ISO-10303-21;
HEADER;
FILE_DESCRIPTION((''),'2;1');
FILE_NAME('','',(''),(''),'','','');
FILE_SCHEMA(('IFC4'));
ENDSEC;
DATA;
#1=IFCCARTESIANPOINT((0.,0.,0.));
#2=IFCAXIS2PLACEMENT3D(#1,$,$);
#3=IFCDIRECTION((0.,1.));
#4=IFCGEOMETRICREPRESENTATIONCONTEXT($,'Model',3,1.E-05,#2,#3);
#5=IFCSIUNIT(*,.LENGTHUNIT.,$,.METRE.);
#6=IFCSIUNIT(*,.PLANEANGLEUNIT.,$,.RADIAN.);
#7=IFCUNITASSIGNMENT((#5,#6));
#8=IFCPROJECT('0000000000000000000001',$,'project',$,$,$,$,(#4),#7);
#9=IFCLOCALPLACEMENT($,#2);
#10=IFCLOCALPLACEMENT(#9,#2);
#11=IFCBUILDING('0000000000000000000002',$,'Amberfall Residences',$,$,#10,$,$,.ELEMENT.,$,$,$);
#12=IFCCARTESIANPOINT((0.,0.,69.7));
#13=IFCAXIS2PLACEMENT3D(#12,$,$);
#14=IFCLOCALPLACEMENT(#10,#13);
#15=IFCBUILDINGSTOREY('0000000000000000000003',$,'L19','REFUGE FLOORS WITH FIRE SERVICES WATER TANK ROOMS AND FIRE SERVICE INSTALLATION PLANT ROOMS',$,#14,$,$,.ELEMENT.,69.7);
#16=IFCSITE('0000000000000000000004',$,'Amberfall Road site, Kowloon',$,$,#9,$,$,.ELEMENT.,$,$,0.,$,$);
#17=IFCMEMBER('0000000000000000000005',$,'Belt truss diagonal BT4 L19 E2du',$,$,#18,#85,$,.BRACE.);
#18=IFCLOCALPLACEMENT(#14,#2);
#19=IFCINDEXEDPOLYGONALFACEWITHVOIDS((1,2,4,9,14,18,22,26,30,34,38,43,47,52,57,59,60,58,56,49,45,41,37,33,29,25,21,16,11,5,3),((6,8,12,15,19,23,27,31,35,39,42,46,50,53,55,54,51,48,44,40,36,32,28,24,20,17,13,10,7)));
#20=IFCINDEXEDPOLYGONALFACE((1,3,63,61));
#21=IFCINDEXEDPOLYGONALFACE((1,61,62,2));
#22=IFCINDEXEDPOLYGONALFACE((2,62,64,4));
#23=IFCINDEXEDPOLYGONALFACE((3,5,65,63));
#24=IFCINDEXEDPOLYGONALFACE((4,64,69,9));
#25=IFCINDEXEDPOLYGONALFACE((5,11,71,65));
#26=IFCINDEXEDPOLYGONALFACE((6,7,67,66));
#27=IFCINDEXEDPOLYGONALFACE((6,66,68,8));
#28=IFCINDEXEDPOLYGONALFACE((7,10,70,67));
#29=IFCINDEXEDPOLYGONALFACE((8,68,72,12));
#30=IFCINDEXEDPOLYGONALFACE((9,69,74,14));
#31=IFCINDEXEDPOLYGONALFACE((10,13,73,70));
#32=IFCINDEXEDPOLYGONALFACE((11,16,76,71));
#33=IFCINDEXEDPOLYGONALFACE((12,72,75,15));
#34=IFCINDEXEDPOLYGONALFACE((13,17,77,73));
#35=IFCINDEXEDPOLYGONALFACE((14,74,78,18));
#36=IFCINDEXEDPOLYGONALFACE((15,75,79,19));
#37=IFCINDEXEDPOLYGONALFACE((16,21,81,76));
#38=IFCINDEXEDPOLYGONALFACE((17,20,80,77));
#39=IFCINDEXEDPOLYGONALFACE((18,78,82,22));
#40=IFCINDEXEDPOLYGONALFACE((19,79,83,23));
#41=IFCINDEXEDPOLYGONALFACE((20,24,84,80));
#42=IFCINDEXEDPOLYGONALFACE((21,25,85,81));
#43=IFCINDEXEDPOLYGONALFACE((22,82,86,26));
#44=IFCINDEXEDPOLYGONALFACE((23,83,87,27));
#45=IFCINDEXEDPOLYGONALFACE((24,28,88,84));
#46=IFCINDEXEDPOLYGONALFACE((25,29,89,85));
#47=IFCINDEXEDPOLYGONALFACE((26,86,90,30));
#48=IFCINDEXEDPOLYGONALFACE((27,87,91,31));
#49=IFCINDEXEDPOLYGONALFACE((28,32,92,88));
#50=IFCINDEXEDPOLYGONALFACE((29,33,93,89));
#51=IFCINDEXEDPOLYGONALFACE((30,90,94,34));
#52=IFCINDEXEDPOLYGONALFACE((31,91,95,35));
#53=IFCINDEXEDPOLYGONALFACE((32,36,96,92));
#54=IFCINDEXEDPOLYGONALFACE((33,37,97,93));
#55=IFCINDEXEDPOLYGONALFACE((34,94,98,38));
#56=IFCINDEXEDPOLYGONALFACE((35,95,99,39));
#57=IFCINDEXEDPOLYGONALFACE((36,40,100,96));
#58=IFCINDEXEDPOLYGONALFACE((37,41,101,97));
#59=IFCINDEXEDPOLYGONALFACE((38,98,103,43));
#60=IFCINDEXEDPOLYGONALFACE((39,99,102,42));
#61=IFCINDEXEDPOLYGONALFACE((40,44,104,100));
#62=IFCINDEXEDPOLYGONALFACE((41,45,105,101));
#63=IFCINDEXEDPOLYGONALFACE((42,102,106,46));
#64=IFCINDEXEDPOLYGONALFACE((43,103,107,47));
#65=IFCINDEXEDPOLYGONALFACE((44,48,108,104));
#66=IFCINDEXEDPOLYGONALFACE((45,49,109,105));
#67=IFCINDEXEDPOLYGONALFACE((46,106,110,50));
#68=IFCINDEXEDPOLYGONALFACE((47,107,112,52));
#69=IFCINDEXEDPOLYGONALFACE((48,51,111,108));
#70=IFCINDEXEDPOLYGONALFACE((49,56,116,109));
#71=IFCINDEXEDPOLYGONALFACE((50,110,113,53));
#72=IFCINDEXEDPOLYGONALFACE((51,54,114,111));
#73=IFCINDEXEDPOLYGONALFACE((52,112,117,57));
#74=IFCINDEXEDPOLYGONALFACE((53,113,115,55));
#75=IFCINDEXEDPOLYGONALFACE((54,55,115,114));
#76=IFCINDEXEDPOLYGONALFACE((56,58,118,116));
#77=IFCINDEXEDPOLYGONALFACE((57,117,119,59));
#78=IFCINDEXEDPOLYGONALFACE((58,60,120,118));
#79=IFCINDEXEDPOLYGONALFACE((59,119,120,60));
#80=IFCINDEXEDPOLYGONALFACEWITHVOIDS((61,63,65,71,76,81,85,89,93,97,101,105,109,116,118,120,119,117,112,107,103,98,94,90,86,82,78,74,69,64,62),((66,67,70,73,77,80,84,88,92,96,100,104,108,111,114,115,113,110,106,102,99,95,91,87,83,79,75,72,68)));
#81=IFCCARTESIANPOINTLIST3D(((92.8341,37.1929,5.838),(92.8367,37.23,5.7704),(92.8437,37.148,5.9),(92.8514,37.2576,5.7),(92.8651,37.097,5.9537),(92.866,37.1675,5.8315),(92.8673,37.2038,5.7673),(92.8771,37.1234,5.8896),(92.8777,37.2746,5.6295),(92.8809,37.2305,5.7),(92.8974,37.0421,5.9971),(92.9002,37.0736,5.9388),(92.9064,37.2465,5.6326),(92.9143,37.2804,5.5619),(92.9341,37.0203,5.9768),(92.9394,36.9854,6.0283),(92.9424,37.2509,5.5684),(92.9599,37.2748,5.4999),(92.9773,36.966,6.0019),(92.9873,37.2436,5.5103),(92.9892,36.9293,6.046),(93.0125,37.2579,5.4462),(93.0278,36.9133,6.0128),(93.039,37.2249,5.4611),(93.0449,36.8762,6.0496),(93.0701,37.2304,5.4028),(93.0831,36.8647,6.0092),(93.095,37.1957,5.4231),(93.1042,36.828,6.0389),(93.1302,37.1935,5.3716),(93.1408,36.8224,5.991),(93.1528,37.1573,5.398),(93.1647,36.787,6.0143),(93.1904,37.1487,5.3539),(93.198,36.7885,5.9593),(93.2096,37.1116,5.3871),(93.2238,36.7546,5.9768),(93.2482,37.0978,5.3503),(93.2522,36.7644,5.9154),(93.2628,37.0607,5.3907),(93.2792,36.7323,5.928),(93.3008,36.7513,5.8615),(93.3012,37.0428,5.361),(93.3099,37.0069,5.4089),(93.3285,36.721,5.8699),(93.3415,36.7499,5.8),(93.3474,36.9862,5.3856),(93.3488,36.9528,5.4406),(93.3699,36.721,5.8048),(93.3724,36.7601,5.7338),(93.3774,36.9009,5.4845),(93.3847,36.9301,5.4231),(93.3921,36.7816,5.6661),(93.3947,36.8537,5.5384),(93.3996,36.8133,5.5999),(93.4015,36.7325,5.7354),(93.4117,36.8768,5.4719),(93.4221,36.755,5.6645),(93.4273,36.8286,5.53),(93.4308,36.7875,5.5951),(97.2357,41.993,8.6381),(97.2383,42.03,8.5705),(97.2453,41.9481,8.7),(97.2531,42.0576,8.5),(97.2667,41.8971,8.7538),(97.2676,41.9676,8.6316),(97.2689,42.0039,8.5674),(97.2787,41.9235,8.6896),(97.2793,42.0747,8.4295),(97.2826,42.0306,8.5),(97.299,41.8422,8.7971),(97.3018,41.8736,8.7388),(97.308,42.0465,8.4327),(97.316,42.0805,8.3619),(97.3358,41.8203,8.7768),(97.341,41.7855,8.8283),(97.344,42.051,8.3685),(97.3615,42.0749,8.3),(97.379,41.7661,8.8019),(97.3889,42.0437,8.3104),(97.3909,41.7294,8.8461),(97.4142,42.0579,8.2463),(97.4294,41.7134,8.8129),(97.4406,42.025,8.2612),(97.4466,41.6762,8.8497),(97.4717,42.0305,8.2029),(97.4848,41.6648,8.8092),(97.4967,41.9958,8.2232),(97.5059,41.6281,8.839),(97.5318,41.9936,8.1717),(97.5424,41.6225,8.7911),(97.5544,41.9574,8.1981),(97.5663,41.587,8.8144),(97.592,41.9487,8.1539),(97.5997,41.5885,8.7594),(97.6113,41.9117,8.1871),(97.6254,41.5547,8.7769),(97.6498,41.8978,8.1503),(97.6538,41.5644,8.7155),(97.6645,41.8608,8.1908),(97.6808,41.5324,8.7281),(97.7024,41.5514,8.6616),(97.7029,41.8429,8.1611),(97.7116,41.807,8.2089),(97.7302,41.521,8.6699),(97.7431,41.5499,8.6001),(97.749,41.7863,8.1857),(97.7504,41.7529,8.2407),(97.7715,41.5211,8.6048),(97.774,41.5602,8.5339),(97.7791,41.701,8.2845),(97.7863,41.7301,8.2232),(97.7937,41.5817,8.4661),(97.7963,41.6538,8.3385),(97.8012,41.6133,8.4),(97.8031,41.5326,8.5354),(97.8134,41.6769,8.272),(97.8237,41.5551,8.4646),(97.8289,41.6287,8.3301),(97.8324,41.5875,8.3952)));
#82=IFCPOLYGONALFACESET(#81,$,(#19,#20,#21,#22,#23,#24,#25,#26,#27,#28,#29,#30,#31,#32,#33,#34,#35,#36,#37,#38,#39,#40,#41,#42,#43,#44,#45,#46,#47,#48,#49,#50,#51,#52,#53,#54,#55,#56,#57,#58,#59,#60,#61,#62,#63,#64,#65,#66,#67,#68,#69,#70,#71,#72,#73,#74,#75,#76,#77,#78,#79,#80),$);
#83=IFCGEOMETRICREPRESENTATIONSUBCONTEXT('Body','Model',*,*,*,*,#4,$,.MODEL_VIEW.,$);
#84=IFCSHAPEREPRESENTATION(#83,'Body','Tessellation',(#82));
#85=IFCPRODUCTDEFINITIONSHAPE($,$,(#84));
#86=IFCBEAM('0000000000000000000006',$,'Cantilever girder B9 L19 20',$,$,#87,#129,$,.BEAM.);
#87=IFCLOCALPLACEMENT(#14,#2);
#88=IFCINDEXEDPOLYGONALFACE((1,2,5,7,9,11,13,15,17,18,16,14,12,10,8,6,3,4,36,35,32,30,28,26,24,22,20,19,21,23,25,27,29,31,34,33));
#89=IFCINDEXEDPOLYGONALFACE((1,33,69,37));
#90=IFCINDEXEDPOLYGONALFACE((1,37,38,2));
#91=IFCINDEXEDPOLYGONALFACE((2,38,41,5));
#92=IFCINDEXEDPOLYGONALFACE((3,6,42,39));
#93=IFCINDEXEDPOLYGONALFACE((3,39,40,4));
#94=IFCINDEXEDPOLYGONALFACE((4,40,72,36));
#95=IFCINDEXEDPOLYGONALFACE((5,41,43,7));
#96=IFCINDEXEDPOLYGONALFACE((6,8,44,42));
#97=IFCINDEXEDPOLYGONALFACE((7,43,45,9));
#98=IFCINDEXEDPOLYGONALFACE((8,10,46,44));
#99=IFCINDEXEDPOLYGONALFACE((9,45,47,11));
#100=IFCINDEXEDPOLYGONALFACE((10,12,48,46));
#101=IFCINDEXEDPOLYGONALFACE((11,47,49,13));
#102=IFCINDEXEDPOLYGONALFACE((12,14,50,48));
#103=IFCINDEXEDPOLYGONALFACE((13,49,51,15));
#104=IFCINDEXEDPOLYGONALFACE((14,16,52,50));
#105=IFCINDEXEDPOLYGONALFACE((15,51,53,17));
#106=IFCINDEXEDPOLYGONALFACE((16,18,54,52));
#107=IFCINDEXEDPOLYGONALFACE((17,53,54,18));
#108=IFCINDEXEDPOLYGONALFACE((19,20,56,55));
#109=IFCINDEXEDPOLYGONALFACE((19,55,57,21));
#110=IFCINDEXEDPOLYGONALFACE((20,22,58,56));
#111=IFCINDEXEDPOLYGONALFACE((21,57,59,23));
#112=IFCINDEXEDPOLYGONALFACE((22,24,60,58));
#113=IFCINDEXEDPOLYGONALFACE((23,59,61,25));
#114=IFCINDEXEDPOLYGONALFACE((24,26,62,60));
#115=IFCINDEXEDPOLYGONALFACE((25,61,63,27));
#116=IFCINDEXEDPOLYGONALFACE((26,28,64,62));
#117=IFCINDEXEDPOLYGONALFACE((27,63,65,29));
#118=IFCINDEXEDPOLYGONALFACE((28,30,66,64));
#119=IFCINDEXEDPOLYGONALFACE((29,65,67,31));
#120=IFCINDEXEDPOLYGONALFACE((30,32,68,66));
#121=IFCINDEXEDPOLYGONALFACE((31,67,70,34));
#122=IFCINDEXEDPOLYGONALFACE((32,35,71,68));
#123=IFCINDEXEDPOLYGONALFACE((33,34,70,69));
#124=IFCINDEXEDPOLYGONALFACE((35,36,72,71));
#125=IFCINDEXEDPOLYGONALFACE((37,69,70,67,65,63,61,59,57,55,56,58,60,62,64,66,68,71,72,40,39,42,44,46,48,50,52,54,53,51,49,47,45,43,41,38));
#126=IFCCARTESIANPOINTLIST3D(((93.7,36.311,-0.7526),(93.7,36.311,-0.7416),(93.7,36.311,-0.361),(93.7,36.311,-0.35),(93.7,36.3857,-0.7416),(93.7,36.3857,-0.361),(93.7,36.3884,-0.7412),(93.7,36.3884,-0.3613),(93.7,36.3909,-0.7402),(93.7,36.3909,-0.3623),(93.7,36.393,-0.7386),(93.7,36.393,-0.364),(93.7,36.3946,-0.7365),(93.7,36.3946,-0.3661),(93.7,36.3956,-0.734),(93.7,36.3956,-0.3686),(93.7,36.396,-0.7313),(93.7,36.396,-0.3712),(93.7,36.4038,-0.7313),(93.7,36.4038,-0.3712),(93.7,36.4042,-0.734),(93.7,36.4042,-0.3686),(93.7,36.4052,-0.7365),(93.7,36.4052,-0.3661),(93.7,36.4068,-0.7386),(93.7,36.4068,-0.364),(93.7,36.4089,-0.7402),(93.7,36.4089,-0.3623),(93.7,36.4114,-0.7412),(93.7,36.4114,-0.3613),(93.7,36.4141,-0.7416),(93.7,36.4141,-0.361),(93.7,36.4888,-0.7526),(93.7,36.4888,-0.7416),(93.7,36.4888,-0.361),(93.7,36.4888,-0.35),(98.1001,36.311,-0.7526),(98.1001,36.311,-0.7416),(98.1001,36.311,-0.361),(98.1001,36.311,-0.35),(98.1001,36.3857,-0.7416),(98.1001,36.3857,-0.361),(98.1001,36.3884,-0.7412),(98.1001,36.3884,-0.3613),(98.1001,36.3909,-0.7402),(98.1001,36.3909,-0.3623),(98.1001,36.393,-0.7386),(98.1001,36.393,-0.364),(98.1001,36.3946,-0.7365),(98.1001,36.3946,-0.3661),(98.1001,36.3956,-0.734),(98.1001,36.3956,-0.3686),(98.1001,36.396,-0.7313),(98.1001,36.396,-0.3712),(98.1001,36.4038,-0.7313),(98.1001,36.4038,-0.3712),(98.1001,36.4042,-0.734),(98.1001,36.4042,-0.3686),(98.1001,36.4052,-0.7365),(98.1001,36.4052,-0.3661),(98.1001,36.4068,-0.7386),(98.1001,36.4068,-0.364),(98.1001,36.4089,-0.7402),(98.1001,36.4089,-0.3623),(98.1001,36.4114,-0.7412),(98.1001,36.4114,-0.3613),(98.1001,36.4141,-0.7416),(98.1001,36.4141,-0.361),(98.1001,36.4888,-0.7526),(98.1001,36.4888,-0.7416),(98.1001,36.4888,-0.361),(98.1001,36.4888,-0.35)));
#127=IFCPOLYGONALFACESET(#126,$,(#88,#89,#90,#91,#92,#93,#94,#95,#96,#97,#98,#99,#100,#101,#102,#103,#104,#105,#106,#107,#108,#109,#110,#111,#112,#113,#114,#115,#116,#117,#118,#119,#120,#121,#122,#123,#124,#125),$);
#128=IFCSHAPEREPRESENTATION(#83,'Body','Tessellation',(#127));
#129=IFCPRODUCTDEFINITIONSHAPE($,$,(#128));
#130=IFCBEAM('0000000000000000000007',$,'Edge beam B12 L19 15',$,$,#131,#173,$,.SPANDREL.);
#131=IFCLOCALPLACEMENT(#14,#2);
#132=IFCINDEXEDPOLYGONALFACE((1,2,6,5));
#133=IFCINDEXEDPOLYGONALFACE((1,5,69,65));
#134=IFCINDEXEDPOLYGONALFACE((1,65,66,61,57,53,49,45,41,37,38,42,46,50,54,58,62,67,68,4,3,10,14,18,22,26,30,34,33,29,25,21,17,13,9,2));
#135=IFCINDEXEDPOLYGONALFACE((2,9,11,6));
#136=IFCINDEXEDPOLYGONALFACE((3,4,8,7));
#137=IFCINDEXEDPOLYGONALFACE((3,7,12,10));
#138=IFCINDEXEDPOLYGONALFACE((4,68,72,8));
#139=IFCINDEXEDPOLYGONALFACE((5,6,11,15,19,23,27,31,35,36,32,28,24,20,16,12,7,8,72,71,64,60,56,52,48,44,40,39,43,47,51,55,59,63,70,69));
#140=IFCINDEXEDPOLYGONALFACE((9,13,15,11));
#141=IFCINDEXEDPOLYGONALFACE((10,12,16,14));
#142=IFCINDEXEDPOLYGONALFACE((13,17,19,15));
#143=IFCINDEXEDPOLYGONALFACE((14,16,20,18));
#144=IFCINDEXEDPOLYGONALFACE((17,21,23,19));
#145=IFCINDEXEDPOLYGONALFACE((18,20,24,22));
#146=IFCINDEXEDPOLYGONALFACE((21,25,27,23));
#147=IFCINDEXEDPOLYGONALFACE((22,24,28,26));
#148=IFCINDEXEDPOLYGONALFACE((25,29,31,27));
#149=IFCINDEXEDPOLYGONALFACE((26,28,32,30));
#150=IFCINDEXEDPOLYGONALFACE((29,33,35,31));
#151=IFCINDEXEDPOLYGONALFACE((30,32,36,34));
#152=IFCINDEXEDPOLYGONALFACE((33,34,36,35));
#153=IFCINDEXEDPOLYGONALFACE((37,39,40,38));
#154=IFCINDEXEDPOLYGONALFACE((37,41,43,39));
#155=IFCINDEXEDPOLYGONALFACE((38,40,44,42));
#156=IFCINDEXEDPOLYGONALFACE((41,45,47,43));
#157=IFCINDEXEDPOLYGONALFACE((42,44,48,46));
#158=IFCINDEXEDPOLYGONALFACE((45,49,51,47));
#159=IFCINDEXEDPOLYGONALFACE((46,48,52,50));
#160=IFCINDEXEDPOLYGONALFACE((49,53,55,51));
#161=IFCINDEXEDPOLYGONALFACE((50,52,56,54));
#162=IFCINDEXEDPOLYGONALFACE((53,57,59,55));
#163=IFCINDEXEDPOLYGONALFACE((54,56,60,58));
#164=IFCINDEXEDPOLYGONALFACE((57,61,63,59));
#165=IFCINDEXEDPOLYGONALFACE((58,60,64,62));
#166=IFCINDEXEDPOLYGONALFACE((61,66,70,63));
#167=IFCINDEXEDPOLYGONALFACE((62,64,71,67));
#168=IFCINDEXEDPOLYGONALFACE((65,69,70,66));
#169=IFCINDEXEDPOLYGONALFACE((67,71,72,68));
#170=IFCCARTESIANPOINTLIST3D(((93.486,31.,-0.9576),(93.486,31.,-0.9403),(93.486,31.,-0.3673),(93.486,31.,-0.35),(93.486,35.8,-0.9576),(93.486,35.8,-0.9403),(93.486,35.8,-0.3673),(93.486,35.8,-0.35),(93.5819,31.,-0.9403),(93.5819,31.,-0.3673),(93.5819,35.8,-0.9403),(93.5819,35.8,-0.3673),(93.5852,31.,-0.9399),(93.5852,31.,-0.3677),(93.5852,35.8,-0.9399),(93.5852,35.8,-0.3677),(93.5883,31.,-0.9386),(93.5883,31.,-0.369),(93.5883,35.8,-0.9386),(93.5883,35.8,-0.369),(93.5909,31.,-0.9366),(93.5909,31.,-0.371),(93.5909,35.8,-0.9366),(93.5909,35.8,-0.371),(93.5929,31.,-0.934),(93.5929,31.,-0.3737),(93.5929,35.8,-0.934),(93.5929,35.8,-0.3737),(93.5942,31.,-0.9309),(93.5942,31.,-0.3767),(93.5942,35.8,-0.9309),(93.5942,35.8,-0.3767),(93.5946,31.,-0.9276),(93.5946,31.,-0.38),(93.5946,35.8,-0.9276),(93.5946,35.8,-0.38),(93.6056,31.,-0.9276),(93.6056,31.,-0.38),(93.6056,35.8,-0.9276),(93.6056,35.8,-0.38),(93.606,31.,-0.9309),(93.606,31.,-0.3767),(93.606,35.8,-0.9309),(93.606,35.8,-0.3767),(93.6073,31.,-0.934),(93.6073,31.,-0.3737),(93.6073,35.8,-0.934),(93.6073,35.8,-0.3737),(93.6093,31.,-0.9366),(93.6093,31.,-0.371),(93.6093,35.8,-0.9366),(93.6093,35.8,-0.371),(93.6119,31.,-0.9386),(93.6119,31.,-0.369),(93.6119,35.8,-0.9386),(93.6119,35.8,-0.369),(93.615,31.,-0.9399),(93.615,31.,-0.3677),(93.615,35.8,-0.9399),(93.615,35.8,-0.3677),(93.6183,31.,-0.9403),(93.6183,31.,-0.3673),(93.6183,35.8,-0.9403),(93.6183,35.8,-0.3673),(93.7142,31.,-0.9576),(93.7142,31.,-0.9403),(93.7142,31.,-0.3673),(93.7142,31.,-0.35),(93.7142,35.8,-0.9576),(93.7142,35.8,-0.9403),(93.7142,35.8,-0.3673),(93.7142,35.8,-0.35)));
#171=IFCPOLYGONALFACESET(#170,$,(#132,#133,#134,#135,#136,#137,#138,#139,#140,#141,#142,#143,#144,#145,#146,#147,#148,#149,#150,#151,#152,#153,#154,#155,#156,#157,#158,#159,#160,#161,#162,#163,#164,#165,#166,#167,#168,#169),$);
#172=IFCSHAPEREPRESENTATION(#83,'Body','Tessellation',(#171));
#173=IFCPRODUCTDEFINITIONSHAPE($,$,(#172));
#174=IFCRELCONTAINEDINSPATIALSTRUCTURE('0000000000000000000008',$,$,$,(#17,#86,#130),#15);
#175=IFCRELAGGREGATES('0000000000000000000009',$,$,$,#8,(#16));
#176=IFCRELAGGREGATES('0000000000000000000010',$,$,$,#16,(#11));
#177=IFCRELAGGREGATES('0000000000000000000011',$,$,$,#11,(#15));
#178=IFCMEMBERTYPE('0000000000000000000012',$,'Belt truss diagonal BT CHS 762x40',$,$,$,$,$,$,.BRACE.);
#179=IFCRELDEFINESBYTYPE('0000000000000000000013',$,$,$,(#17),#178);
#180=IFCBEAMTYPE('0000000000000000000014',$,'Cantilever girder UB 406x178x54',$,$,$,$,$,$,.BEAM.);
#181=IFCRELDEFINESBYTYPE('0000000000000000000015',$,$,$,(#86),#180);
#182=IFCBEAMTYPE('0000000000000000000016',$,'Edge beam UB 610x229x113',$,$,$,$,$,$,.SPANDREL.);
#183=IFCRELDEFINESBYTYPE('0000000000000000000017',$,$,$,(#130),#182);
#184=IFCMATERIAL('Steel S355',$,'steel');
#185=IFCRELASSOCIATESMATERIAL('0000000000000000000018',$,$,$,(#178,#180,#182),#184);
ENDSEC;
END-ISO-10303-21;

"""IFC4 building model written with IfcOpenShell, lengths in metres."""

from ifc_helpers import new_model, si_unit, direction, frame, origin, origin_2d, place, context, subcontext, project, spatial, hollow_circle, i_section, extrude, material, material_profile, profile_set, type_object, element, save


model = new_model("IFC4")

# Units and contexts
model_context = context("Model", 3, precision=1e-05, world=origin(), true_north=direction((0.0, 1.0)))
body_context = subcontext(model_context, "Body", "Model", "MODEL_VIEW")
ifc_project = project(units=[si_unit("LENGTHUNIT", "METRE"), si_unit("PLANEANGLEUNIT", "RADIAN")], contexts=[model_context])

# Site, building, storey
site_placement = place(None, origin())
site = spatial("IfcSite", under=ifc_project, at=site_placement, Name="Amberfall Road site, Kowloon", CompositionType="ELEMENT", RefElevation=0.0)
building_placement = place(site_placement, origin())
building = spatial("IfcBuilding", under=site, at=building_placement, Name="Amberfall Residences", CompositionType="ELEMENT")
storey_placement = place(building_placement, frame((0.0, 0.0, 69.7)))
storey = spatial("IfcBuildingStorey", under=building, at=storey_placement, Name="L19", Description="REFUGE FLOORS WITH FIRE SERVICES WATER TANK ROOMS AND FIRE SERVICE INSTALLATION PLANT ROOMS", CompositionType="ELEMENT", Elevation=69.7)

# Shared definitions
ifc_material_1 = material(Name="Steel S355", Category="steel")

# Member
ifc_material_profile_1 = material_profile(ifc_material_1, hollow_circle(Radius=0.3811, WallThickness=0.04, at=origin_2d()), Name="CHS 762x40")
ifc_profile_set_1 = profile_set([ifc_material_profile_1], Name="Steel S355")
member_type = type_object("IfcMemberType", Name="Belt truss diagonal BT CHS 762x40", PredefinedType="BRACE", material=ifc_profile_set_1)
member_1_placement = place(storey_placement, frame((93.1323, 37.0, 5.7), z_axis=(0.620901, 0.677106, 0.394981), x_axis=(-0.737034, 0.675855, 0.0)))
element("IfcMember", 1, at=member_1_placement, inside=storey, type_object=member_type, Name="Belt truss diagonal BT4 L19 E2du", PredefinedType="BRACE", context=body_context, shape_type="SweptSolid", body=[
    extrude(hollow_circle(Radius=0.3811, WallThickness=0.04, at=origin_2d()), origin(), (0.0, 0.0, 1.0), 7.0891),
])

# Beams
ifc_material_profile_2 = material_profile(ifc_material_1, i_section(OverallWidth=0.1777, OverallDepth=0.4026, WebThickness=0.0078, FlangeThickness=0.011, FilletRadius=0.0103, at=origin_2d()), Name="UB 406x178x54")
ifc_profile_set_2 = profile_set([ifc_material_profile_2], Name="Steel S355")
beam_type_1 = type_object("IfcBeamType", Name="Cantilever girder UB 406x178x54", PredefinedType="BEAM", material=ifc_profile_set_2)
beam_1_placement = place(storey_placement, frame((93.7, 36.3999, -0.5513), z_axis=(1.0, 0.0, 0.0), x_axis=(0.0, 1.0, 0.0)))
element("IfcBeam", 2, at=beam_1_placement, inside=storey, type_object=beam_type_1, Name="Cantilever girder B9 L19 20", PredefinedType="BEAM", context=body_context, shape_type="SweptSolid", body=[
    extrude(i_section(OverallWidth=0.1777, OverallDepth=0.4026, WebThickness=0.0078, FlangeThickness=0.011, FilletRadius=0.0103, at=origin_2d()), origin(), (0.0, 0.0, 1.0), 4.4001),
])
ifc_material_profile_3 = material_profile(ifc_material_1, i_section(OverallWidth=0.2283, OverallDepth=0.6077, WebThickness=0.011, FlangeThickness=0.0173, FilletRadius=0.0127, at=origin_2d()), Name="UB 610x229x113")
ifc_profile_set_3 = profile_set([ifc_material_profile_3], Name="Steel S355")
beam_type_2 = type_object("IfcBeamType", Name="Edge beam UB 610x229x113", PredefinedType="SPANDREL", material=ifc_profile_set_3)
beam_2_placement = place(storey_placement, frame((93.6001, 31.0, -0.6538), z_axis=(0.0, 1.0, 0.0), x_axis=(-1.0, 0.0, 0.0)))
element("IfcBeam", 3, at=beam_2_placement, inside=storey, type_object=beam_type_2, Name="Edge beam B12 L19 15", PredefinedType="SPANDREL", context=body_context, shape_type="SweptSolid", body=[
    extrude(i_section(OverallWidth=0.2283, OverallDepth=0.6077, WebThickness=0.011, FlangeThickness=0.0173, FilletRadius=0.0127, at=origin_2d()), origin(), (0.0, 0.0, 1.0), 4.8),
])

save(model, "model.ifc")
